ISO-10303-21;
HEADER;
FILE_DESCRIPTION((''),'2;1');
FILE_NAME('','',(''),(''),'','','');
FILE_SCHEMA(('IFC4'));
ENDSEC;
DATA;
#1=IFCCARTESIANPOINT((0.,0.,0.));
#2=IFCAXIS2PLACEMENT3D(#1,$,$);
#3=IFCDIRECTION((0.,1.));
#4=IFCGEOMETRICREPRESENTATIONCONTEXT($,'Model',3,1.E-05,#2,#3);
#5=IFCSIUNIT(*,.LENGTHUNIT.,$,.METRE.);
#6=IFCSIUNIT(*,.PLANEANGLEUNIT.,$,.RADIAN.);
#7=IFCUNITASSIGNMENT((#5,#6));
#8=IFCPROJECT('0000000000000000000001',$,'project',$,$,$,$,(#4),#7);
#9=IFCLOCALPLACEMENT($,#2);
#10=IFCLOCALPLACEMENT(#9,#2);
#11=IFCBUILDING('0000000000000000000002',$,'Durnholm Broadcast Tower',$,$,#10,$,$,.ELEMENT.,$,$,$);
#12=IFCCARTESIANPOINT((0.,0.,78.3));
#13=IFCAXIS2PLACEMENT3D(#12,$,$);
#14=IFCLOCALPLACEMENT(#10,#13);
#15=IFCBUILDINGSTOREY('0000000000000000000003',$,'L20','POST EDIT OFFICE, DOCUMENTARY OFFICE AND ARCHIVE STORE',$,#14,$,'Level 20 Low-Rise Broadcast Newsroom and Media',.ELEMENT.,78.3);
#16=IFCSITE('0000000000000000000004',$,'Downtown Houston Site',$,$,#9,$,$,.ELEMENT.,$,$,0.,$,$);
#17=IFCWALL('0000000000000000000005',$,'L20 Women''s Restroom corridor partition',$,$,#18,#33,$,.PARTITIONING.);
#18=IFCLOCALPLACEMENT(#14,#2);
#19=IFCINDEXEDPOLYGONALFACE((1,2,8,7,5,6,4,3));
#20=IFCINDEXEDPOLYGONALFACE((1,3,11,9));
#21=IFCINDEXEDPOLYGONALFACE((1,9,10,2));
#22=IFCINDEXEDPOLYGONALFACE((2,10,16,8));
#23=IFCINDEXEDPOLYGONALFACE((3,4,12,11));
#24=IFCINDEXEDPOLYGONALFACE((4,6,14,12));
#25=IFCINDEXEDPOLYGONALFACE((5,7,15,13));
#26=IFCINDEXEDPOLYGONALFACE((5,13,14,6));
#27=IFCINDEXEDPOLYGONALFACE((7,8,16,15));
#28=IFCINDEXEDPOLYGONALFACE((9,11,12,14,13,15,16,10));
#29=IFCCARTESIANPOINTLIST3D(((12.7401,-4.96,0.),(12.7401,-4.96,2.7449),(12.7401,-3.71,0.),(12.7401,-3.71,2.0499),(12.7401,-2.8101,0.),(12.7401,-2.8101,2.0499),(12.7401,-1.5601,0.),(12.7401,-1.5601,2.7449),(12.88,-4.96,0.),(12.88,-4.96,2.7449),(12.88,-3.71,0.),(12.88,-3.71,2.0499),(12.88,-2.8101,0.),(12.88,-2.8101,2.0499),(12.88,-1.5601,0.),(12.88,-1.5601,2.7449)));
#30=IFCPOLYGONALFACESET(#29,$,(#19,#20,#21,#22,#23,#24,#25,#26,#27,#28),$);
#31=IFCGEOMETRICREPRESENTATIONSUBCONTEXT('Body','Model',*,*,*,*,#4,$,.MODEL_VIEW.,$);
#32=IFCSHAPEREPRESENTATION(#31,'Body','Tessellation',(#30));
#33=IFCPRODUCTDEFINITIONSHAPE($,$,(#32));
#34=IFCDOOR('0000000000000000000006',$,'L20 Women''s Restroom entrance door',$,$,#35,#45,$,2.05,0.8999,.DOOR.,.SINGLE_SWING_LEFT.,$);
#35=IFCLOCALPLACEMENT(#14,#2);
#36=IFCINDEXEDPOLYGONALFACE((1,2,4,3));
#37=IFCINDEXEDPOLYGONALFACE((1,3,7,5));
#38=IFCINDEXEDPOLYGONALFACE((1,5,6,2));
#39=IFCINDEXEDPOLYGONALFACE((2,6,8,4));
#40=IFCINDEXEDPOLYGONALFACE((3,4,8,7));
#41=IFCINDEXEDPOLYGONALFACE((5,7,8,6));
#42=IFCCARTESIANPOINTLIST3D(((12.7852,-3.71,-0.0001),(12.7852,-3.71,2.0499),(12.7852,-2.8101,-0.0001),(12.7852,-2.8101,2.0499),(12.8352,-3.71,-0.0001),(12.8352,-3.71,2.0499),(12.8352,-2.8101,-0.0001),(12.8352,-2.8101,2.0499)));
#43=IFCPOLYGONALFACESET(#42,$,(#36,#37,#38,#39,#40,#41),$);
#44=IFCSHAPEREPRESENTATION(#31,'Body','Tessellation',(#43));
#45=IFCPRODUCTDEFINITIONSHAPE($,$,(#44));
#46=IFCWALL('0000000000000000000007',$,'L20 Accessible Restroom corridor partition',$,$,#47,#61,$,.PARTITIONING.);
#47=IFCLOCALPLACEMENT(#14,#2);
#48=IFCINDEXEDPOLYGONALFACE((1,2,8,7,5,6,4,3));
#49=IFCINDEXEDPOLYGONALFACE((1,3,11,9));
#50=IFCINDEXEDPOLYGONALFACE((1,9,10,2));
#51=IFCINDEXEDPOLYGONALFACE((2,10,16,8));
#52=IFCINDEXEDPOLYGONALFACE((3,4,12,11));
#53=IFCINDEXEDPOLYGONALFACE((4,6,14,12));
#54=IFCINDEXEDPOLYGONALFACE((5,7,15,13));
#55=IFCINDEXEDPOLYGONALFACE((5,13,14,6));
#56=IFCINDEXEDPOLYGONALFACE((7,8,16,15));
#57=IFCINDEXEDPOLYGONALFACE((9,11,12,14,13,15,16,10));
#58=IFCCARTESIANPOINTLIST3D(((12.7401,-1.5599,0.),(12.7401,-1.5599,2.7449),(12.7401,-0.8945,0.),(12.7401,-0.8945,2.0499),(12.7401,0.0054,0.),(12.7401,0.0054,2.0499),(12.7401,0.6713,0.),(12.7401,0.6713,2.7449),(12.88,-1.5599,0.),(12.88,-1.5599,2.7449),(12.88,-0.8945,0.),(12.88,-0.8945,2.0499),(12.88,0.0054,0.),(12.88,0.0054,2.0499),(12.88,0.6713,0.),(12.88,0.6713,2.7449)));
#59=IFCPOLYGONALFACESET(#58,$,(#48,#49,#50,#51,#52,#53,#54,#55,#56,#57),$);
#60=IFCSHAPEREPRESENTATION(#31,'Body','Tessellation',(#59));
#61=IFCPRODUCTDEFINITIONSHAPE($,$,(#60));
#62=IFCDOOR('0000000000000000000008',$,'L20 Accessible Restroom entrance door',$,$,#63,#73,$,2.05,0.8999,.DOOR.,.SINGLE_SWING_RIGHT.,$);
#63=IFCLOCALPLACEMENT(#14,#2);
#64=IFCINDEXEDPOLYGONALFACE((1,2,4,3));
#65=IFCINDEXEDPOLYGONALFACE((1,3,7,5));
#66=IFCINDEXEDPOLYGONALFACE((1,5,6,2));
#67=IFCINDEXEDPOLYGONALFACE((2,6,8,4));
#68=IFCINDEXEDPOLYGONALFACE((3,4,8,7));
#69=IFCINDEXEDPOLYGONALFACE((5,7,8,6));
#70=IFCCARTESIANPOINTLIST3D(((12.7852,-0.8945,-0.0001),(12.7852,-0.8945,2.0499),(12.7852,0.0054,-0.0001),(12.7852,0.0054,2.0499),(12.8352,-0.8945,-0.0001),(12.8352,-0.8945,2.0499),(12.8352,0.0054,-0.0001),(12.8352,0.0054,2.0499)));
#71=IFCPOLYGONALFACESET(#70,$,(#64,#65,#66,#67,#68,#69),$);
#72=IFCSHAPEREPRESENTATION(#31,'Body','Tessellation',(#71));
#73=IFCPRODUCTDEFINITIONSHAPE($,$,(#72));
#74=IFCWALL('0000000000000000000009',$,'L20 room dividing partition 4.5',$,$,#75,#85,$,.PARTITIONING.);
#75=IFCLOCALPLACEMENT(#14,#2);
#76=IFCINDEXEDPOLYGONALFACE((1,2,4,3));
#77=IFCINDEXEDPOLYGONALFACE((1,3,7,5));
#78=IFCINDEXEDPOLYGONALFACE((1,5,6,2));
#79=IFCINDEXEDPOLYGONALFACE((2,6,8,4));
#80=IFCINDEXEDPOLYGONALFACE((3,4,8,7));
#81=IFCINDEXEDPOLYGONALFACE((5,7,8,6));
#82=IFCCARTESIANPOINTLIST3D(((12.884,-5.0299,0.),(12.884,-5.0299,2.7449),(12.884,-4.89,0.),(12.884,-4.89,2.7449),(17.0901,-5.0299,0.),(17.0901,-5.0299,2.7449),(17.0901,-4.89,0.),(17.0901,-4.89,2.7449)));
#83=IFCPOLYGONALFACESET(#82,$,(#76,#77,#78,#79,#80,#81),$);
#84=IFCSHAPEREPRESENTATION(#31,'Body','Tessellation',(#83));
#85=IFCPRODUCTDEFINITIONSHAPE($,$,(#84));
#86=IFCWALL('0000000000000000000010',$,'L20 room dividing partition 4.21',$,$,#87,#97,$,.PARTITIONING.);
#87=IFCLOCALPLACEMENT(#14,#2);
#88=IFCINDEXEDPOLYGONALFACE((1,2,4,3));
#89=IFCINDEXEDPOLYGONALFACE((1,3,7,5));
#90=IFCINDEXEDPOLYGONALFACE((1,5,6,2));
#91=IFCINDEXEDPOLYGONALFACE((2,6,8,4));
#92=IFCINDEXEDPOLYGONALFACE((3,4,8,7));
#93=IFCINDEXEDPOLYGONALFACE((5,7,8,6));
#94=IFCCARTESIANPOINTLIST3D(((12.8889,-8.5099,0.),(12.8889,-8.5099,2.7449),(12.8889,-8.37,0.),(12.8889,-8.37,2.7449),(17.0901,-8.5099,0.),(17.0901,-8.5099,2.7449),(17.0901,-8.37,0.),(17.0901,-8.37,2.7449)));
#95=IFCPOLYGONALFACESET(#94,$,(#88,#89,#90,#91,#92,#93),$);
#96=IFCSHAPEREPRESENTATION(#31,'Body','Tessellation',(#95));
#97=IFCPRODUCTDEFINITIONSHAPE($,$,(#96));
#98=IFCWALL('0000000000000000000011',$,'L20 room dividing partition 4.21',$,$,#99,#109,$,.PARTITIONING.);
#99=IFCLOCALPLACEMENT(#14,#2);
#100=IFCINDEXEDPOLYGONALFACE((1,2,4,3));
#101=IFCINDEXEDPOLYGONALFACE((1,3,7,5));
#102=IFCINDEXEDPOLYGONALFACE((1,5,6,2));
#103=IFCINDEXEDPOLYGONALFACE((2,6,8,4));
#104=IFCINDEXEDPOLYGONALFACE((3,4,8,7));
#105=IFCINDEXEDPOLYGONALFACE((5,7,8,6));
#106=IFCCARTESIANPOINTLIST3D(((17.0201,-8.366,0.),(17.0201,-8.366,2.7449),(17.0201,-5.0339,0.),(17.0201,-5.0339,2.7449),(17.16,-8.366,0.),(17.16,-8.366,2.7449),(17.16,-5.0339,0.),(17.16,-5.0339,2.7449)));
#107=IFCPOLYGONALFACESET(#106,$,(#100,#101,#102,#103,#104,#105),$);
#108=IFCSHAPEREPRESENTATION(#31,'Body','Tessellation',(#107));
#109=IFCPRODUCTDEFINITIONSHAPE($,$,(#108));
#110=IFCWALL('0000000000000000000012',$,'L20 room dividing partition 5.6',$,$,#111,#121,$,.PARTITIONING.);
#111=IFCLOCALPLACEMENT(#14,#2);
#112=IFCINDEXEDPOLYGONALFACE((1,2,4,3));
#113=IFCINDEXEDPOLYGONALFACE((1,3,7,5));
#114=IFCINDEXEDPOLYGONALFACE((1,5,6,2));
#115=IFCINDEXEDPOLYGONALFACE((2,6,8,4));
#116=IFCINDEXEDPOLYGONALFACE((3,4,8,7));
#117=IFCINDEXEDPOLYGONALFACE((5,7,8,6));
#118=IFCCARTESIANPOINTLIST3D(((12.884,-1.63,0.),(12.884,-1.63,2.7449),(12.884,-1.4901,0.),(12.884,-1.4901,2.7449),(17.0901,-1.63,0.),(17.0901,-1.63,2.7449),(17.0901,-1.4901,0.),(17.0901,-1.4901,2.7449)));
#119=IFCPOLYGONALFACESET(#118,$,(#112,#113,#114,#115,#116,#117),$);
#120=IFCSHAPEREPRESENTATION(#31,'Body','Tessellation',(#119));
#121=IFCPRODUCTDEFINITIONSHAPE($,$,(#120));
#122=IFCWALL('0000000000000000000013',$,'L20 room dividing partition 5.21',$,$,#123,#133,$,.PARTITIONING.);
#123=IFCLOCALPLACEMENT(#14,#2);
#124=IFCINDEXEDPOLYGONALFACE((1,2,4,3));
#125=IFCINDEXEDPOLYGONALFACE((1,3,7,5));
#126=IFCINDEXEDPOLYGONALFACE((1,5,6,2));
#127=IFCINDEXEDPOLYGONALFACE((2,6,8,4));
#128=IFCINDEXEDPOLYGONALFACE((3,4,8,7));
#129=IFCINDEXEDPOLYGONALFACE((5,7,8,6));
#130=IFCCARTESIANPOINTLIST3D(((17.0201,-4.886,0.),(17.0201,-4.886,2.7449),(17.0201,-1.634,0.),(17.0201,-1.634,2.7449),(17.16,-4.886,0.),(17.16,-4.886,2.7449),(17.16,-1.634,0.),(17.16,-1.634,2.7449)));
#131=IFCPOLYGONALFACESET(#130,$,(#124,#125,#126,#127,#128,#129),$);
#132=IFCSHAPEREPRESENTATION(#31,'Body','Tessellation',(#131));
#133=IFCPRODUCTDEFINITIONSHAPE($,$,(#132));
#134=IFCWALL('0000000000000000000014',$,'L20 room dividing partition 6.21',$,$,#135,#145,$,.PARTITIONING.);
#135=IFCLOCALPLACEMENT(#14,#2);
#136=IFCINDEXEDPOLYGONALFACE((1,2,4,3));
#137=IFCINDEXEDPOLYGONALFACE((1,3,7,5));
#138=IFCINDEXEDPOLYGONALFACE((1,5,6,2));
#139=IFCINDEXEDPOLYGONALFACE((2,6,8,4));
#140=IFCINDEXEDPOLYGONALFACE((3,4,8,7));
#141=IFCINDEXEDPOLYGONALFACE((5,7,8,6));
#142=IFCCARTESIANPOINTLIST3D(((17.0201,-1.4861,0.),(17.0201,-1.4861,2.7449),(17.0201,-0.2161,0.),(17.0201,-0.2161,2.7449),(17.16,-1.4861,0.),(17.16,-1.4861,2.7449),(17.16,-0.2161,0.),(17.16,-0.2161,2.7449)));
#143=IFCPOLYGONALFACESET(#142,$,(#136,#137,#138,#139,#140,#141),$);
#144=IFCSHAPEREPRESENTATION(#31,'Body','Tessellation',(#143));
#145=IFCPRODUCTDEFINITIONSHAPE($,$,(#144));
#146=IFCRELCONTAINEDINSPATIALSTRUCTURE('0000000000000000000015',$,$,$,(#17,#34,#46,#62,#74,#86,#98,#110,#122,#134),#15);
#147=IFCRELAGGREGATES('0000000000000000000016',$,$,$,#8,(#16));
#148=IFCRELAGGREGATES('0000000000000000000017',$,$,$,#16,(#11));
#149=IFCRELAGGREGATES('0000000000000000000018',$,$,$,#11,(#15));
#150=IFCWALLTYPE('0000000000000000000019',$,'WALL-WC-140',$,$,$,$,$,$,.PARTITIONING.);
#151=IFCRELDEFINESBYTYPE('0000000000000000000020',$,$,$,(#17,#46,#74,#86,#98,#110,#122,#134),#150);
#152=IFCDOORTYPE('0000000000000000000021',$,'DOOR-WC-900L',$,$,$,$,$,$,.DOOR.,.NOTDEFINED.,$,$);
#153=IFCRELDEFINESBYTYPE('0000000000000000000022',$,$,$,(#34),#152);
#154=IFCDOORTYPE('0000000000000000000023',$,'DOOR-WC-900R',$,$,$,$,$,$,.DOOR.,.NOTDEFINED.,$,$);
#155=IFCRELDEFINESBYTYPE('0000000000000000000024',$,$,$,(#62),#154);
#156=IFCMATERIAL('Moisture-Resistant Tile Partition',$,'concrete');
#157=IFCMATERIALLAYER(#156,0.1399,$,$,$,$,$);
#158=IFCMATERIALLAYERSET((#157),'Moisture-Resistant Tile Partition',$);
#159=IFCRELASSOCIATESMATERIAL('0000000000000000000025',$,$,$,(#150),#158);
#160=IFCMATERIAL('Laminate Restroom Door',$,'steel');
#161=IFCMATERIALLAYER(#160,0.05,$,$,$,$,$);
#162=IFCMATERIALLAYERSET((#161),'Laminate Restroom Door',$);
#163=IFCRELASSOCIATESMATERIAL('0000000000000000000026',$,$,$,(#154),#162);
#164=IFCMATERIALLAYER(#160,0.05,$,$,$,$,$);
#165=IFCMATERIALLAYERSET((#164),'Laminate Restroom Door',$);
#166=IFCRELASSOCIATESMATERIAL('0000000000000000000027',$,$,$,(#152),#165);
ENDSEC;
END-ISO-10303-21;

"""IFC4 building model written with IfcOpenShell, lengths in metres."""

from ifc_helpers import new_model, si_unit, direction, frame, frame_2d, origin, place, context, subcontext, project, spatial, rectangle, extrude, source, transform, mapped, material, layer, layer_set, type_object, type_shapes, element, fill, save


model = new_model("IFC4")

# Units and contexts
model_context = context("Model", 3, precision=1e-05, world=origin(), true_north=direction((0.0, 1.0)))
body_context = subcontext(model_context, "Body", "Model", "MODEL_VIEW")
ifc_project = project(units=[si_unit("LENGTHUNIT", "METRE"), si_unit("PLANEANGLEUNIT", "RADIAN")], contexts=[model_context])

# Site, building, storey
site_placement = place(None, origin())
site = spatial("IfcSite", under=ifc_project, at=site_placement, Name="Downtown Houston Site", CompositionType="ELEMENT", RefElevation=0.0)
building_placement = place(site_placement, origin())
building = spatial("IfcBuilding", under=site, at=building_placement, Name="Durnholm Broadcast Tower", CompositionType="ELEMENT")
storey_placement = place(building_placement, frame((0.0, 0.0, 78.3)))
storey = spatial("IfcBuildingStorey", under=building, at=storey_placement, Name="L20", Description="POST EDIT OFFICE, DOCUMENTARY OFFICE AND ARCHIVE STORE", LongName="Level 20 Low-Rise Broadcast Newsroom and Media", CompositionType="ELEMENT", Elevation=78.3)

# Walls, openings, doors
ifc_material_1 = material(Name="Moisture-Resistant Tile Partition", Category="concrete")
ifc_layer_1 = layer(ifc_material_1, 0.1399)
ifc_layer_set_1 = layer_set([ifc_layer_1], Name="Moisture-Resistant Tile Partition")
wall_type_1 = type_object("IfcWallType", Name="WALL-WC-140", PredefinedType="PARTITIONING", material=ifc_layer_set_1)
ifc_material_2 = material(Name="Laminate Restroom Door", Category="steel")
ifc_layer_2 = layer(ifc_material_2, 0.05)
ifc_layer_set_2 = layer_set([ifc_layer_2], Name="Laminate Restroom Door")
door_type_1 = type_object("IfcDoorType", Name="DOOR-WC-900R", OperationType="NOTDEFINED", PredefinedType="DOOR", material=ifc_layer_set_2)
shared_shape_1 = source(origin(), body_context, "Body", "SweptSolid", [
    extrude(rectangle(XDim=0.8999, YDim=2.05, at=frame_2d((0.45, 1.0249))), frame((0.0, 0.0249, 0.0), z_axis=(0.0, -1.0, 0.0), x_axis=(1.0, 0.0, 0.0)), (0.0, 0.0, 1.0), 0.05),
])
type_shapes(door_type_1, [shared_shape_1])
wall_1_placement = place(storey_placement, frame((12.8101, -4.96, 0.0), z_axis=(0.0, 0.0, 1.0), x_axis=(0.0, 1.0, 0.0)))
wall_1 = element("IfcWall", 1, at=wall_1_placement, inside=storey, type_object=wall_type_1, Name="L20 Women's Restroom corridor partition", PredefinedType="PARTITIONING", context=body_context, shape_type="SweptSolid", body=[
    extrude(rectangle(XDim=3.3999, YDim=0.1399, at=frame_2d((1.7, 0.0))), origin(), (0.0, 0.0, 1.0), 2.7449),
])
opening_1_placement = place(wall_1_placement, frame((1.25, 0.0, 0.0)))
opening_1 = element("IfcOpeningElement", 2, at=opening_1_placement, cuts=wall_1, PredefinedType="OPENING", context=body_context, shape_type="SweptSolid", body=[
    extrude(rectangle(XDim=0.8999, YDim=2.05, at=frame_2d((0.45, 1.0249))), frame((0.0, 0.0801, 0.0), z_axis=(0.0, -1.0, 0.0), x_axis=(1.0, 0.0, 0.0)), (0.0, 0.0, 1.0), 0.1599),
])
ifc_layer_3 = layer(ifc_material_2, 0.05)
ifc_layer_set_3 = layer_set([ifc_layer_3], Name="Laminate Restroom Door")
door_type_2 = type_object("IfcDoorType", Name="DOOR-WC-900L", OperationType="NOTDEFINED", PredefinedType="DOOR", material=ifc_layer_set_3)
shared_shape_2 = source(origin(), body_context, "Body", "SweptSolid", [
    extrude(rectangle(XDim=0.8999, YDim=2.05, at=frame_2d((0.45, 1.0249))), frame((0.0, 0.0249, 0.0), z_axis=(0.0, -1.0, 0.0), x_axis=(1.0, 0.0, 0.0)), (0.0, 0.0, 1.0), 0.05),
])
type_shapes(door_type_2, [shared_shape_2])
door_1_placement = place(opening_1_placement, origin())
door_1 = element("IfcDoor", 3, at=door_1_placement, inside=storey, type_object=door_type_2, Name="L20 Women's Restroom entrance door", OperationType="SINGLE_SWING_LEFT", OverallHeight=2.05, OverallWidth=0.8999, PredefinedType="DOOR", context=body_context, shape_type="MappedRepresentation", body=[
    mapped(shared_shape_2, transform((0.0, 0.0, 0.0), x_axis=(1.0, 0.0, 0.0), y_axis=(0.0, 1.0, 0.0), z_axis=(0.0, 0.0, 1.0), scale=1.0)),
])
fill(opening_1, door_1)
wall_2_placement = place(storey_placement, frame((12.8101, -1.5601, 0.0), z_axis=(0.0, 0.0, 1.0), x_axis=(0.0, 1.0, 0.0)))
wall_2 = element("IfcWall", 4, at=wall_2_placement, inside=storey, type_object=wall_type_1, Name="L20 Accessible Restroom corridor partition", PredefinedType="PARTITIONING", context=body_context, shape_type="SweptSolid", body=[
    extrude(rectangle(XDim=2.2312, YDim=0.1399, at=frame_2d((1.1157, 0.0))), origin(), (0.0, 0.0, 1.0), 2.7449),
])
opening_2_placement = place(wall_2_placement, frame((0.6655, 0.0, 0.0)))
opening_2 = element("IfcOpeningElement", 5, at=opening_2_placement, cuts=wall_2, PredefinedType="OPENING", context=body_context, shape_type="SweptSolid", body=[
    extrude(rectangle(XDim=0.8999, YDim=2.05, at=frame_2d((0.45, 1.0249))), frame((0.0, 0.0801, 0.0), z_axis=(0.0, -1.0, 0.0), x_axis=(1.0, 0.0, 0.0)), (0.0, 0.0, 1.0), 0.1599),
])
door_2_placement = place(opening_2_placement, origin())
door_2 = element("IfcDoor", 6, at=door_2_placement, inside=storey, type_object=door_type_1, Name="L20 Accessible Restroom entrance door", OperationType="SINGLE_SWING_RIGHT", OverallHeight=2.05, OverallWidth=0.8999, PredefinedType="DOOR", context=body_context, shape_type="MappedRepresentation", body=[
    mapped(shared_shape_1, transform((0.0, 0.0, 0.0), x_axis=(1.0, 0.0, 0.0), y_axis=(0.0, 1.0, 0.0), z_axis=(0.0, 0.0, 1.0), scale=1.0)),
])
fill(opening_2, door_2)

# Walls
wall_3_placement = place(storey_placement, frame((12.884, -4.96, 0.0), z_axis=(0.0, 0.0, 1.0), x_axis=(1.0, 0.0, 0.0)))
element("IfcWall", 7, at=wall_3_placement, inside=storey, type_object=wall_type_1, Name="L20 room dividing partition 4.5", PredefinedType="PARTITIONING", context=body_context, shape_type="SweptSolid", body=[
    extrude(rectangle(XDim=4.2061, YDim=0.1399, at=frame_2d((2.103, 0.0))), origin(), (0.0, 0.0, 1.0), 2.7449),
])
wall_4_placement = place(storey_placement, frame((17.0901, -8.4399, 0.0), z_axis=(0.0, 0.0, 1.0), x_axis=(-1.0, 0.0, 0.0)))
element("IfcWall", 8, at=wall_4_placement, inside=storey, type_object=wall_type_1, Name="L20 room dividing partition 4.21", PredefinedType="PARTITIONING", context=body_context, shape_type="SweptSolid", body=[
    extrude(rectangle(XDim=4.2012, YDim=0.1399, at=frame_2d((2.1006, 0.0))), origin(), (0.0, 0.0, 1.0), 2.7449),
])
wall_5_placement = place(storey_placement, frame((17.0901, -5.0339, 0.0), z_axis=(0.0, 0.0, 1.0), x_axis=(0.0, -1.0, 0.0)))
element("IfcWall", 9, at=wall_5_placement, inside=storey, type_object=wall_type_1, Name="L20 room dividing partition 4.21", PredefinedType="PARTITIONING", context=body_context, shape_type="SweptSolid", body=[
    extrude(rectangle(XDim=3.332, YDim=0.1399, at=frame_2d((1.666, 0.0))), origin(), (0.0, 0.0, 1.0), 2.7449),
])
wall_6_placement = place(storey_placement, frame((12.884, -1.5601, 0.0), z_axis=(0.0, 0.0, 1.0), x_axis=(1.0, 0.0, 0.0)))
element("IfcWall", 10, at=wall_6_placement, inside=storey, type_object=wall_type_1, Name="L20 room dividing partition 5.6", PredefinedType="PARTITIONING", context=body_context, shape_type="SweptSolid", body=[
    extrude(rectangle(XDim=4.2061, YDim=0.1399, at=frame_2d((2.103, 0.0))), origin(), (0.0, 0.0, 1.0), 2.7449),
])
wall_7_placement = place(storey_placement, frame((17.0901, -1.634, 0.0), z_axis=(0.0, 0.0, 1.0), x_axis=(0.0, -1.0, 0.0)))
element("IfcWall", 11, at=wall_7_placement, inside=storey, type_object=wall_type_1, Name="L20 room dividing partition 5.21", PredefinedType="PARTITIONING", context=body_context, shape_type="SweptSolid", body=[
    extrude(rectangle(XDim=3.252, YDim=0.1399, at=frame_2d((1.626, 0.0))), origin(), (0.0, 0.0, 1.0), 2.7449),
])
wall_8_placement = place(storey_placement, frame((17.0901, -0.2161, 0.0), z_axis=(0.0, 0.0, 1.0), x_axis=(0.0, -1.0, 0.0)))
element("IfcWall", 12, at=wall_8_placement, inside=storey, type_object=wall_type_1, Name="L20 room dividing partition 6.21", PredefinedType="PARTITIONING", context=body_context, shape_type="SweptSolid", body=[
    extrude(rectangle(XDim=1.27, YDim=0.1399, at=frame_2d((0.635, 0.0))), origin(), (0.0, 0.0, 1.0), 2.7449),
])

save(model, "model.ifc")
